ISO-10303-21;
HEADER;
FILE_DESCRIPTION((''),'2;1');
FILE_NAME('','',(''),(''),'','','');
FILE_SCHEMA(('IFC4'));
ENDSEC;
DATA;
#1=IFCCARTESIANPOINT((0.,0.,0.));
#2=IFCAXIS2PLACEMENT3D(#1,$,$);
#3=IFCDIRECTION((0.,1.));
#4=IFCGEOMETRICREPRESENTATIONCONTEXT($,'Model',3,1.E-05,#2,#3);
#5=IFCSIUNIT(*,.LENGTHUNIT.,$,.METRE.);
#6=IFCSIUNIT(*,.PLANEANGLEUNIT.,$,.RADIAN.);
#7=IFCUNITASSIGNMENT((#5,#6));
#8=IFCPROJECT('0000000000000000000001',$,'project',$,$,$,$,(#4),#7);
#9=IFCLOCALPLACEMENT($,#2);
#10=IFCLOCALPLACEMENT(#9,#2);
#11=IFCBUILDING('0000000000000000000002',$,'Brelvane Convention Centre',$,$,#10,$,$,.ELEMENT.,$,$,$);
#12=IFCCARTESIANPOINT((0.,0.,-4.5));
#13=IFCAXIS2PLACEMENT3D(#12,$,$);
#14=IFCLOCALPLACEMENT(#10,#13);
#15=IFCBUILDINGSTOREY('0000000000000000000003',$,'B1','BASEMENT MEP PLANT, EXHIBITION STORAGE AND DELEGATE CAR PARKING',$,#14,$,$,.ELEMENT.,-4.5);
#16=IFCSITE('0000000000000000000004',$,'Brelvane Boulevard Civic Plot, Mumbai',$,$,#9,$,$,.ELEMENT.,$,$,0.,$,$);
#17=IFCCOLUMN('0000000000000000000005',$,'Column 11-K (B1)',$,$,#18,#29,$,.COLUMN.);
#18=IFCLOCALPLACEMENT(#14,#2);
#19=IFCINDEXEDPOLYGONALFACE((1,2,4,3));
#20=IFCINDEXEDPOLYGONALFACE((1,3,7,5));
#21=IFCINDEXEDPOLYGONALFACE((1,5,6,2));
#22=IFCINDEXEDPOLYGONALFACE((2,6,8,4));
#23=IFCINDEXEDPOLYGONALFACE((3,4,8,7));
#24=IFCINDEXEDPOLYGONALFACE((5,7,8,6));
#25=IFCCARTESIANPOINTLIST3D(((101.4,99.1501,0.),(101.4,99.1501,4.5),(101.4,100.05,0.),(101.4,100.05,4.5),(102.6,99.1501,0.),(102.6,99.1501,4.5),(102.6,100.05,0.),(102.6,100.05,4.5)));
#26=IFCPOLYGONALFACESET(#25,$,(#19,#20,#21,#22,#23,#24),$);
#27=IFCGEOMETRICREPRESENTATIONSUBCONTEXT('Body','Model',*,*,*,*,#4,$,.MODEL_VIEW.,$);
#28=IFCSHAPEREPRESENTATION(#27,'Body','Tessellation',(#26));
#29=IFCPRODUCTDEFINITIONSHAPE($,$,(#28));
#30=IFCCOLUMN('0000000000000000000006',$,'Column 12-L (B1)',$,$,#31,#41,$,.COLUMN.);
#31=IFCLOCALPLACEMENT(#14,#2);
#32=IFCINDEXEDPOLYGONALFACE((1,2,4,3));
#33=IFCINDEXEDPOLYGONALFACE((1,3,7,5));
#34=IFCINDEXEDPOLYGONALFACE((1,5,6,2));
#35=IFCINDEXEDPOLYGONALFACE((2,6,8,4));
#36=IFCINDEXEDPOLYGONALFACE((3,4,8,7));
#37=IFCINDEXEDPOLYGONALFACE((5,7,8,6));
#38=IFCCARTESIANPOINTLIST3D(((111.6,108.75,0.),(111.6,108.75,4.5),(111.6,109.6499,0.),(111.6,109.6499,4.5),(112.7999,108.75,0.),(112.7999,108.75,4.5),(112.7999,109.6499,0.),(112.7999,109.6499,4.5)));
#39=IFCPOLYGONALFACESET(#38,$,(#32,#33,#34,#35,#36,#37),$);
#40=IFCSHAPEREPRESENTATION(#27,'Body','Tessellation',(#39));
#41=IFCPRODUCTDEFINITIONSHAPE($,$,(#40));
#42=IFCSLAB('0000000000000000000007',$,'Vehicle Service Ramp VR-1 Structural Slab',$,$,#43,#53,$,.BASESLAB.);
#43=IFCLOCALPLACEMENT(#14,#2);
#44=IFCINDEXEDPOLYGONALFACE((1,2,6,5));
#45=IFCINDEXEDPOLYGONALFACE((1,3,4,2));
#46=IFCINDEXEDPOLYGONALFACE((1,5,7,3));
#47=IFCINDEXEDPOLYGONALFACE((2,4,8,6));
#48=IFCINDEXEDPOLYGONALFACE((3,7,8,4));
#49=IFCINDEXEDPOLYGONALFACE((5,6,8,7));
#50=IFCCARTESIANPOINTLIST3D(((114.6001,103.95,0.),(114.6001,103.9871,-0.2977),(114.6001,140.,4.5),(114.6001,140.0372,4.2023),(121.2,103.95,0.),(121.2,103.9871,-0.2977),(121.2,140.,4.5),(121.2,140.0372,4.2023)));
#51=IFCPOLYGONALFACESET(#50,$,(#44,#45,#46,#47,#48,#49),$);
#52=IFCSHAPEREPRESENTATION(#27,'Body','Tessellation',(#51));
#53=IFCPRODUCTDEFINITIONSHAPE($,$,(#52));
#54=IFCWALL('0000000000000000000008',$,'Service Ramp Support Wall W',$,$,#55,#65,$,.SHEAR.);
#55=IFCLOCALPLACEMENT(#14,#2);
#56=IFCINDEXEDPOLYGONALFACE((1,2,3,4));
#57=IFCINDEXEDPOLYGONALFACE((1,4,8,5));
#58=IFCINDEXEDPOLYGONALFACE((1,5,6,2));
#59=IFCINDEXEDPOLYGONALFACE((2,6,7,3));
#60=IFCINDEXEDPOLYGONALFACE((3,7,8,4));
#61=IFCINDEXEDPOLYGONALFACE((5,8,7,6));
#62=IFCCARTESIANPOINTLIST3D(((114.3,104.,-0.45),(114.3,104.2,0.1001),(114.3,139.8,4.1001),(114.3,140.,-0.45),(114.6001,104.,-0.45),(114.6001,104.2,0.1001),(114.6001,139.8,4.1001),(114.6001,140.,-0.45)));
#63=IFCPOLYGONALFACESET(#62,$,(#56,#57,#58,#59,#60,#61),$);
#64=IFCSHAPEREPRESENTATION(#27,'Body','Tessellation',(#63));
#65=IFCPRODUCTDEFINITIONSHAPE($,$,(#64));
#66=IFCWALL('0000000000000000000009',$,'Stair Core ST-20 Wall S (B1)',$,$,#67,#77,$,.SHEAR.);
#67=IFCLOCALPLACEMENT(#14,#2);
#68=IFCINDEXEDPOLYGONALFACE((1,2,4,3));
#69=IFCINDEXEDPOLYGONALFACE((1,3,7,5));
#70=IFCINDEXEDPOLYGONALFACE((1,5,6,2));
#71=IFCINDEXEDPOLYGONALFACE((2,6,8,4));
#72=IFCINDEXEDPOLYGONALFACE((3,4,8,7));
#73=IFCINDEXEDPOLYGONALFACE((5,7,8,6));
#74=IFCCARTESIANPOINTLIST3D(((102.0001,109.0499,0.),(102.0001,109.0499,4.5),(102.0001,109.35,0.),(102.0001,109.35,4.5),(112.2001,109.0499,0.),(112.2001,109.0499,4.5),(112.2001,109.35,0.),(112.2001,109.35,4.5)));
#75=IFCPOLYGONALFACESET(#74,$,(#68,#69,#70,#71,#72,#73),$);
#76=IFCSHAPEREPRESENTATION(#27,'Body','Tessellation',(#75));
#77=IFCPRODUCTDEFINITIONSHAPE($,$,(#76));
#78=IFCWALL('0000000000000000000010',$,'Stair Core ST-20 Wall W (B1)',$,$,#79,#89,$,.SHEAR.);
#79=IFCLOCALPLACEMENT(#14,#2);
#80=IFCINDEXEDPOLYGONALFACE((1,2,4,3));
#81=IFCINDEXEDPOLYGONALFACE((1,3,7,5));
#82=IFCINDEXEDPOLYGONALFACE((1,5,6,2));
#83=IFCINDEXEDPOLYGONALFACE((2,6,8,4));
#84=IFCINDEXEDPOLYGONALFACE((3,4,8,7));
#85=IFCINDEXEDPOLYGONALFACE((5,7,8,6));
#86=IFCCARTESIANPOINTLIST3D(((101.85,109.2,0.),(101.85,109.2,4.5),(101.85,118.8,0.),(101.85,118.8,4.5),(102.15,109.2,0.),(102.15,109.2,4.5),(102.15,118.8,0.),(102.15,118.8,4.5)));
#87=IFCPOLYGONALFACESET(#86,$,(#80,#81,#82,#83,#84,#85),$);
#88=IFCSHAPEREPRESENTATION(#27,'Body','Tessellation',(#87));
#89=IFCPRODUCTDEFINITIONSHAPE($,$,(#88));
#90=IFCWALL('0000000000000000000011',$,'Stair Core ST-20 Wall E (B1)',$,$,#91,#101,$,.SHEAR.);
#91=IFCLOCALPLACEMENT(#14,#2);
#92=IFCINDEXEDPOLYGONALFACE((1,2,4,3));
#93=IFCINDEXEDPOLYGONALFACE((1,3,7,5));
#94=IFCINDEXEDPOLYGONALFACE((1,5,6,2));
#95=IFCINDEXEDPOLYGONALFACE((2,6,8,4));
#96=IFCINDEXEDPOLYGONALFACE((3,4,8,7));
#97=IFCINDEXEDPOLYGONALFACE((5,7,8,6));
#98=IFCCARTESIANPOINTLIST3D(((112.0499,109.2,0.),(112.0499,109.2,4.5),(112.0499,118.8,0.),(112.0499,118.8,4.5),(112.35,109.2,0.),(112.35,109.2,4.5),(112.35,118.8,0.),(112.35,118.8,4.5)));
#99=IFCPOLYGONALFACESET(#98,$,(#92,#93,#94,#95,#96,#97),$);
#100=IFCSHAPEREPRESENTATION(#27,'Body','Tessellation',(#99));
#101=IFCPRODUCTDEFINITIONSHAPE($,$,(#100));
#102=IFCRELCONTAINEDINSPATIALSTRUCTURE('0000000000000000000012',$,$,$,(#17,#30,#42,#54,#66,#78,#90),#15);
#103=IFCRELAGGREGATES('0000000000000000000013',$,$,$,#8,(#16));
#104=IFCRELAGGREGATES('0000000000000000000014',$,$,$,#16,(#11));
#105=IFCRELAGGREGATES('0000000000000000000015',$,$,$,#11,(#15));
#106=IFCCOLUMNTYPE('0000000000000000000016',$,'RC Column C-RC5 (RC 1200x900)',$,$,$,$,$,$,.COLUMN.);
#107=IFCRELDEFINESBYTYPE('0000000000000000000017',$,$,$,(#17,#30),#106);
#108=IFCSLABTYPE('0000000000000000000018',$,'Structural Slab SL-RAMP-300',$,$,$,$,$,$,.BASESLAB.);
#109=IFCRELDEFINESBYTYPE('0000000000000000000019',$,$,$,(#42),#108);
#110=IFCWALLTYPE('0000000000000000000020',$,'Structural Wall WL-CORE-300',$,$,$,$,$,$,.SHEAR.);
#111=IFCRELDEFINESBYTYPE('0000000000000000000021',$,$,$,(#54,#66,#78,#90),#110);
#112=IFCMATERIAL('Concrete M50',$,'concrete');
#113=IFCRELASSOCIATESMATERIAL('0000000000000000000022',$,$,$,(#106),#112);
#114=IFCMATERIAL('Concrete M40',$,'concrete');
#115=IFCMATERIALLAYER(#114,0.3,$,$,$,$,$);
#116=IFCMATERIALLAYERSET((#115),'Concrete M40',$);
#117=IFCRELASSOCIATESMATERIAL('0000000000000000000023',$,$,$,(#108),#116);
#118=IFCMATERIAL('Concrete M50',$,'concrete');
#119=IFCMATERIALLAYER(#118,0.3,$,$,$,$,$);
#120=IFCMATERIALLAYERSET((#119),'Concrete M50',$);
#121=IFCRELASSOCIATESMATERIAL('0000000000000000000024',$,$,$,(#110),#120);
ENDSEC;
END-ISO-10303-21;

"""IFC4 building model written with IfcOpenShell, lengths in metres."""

from ifc_helpers import new_model, si_unit, direction, frame, frame_2d, origin, origin_2d, place, context, subcontext, project, spatial, polyline, rectangle, outline, extrude, material, layer, layer_set, material_profile, profile_set, type_object, element, save


model = new_model("IFC4")

# Units and contexts
model_context = context("Model", 3, precision=1e-05, world=origin(), true_north=direction((0.0, 1.0)))
body_context = subcontext(model_context, "Body", "Model", "MODEL_VIEW")
ifc_project = project(units=[si_unit("LENGTHUNIT", "METRE"), si_unit("PLANEANGLEUNIT", "RADIAN")], contexts=[model_context])

# Site, building, storey
site_placement = place(None, origin())
site = spatial("IfcSite", under=ifc_project, at=site_placement, Name="Brelvane Boulevard Civic Plot, Mumbai", CompositionType="ELEMENT", RefElevation=0.0)
building_placement = place(site_placement, origin())
building = spatial("IfcBuilding", under=site, at=building_placement, Name="Brelvane Convention Centre", CompositionType="ELEMENT")
storey_placement = place(building_placement, frame((0.0, 0.0, -4.5)))
storey = spatial("IfcBuildingStorey", under=building, at=storey_placement, Name="B1", Description="BASEMENT MEP PLANT, EXHIBITION STORAGE AND DELEGATE CAR PARKING", CompositionType="ELEMENT", Elevation=-4.5)

# Columns
ifc_material_1 = material(Name="Concrete M50", Category="concrete")
ifc_material_profile_1 = material_profile(ifc_material_1, rectangle(XDim=1.2, YDim=0.8999, at=origin_2d()), Name="RC 1200x900")
ifc_profile_set_1 = profile_set([ifc_material_profile_1], Name="Concrete M50")
column_type_1 = type_object("IfcColumnType", Name="RC Column C-RC5 (RC 1200x900)", PredefinedType="COLUMN", material=ifc_profile_set_1)
for number, where, z_axis, x_axis, name in (
    (1, (102.0, 99.6001, 0.0), (0.0, 0.0, 1.0), (1.0, 0.0, 0.0), "Column 11-K (B1)"),
    (2, (112.2, 109.2, 0.0), (0.0, 0.0, 1.0), (1.0, 0.0, 0.0), "Column 12-L (B1)"),
):
    element("IfcColumn", number, at=place(storey_placement, frame(where, z_axis=z_axis, x_axis=x_axis)), inside=storey, type_object=column_type_1, Name=name, PredefinedType="COLUMN", context=body_context, shape_type="SweptSolid", body=[
        extrude(rectangle(XDim=1.2, YDim=0.8999, at=origin_2d()), origin(), (0.0, 0.0, 1.0), 4.5),
    ])

# Slab
ifc_material_2 = material(Name="Concrete M40", Category="concrete")
ifc_layer_1 = layer(ifc_material_2, 0.3)
ifc_layer_set_1 = layer_set([ifc_layer_1], Name="Concrete M40")
slab_type = type_object("IfcSlabType", Name="Structural Slab SL-RAMP-300", PredefinedType="BASESLAB", material=ifc_layer_set_1)
slab_placement = place(storey_placement, frame((114.6001, 103.95, 0.0), z_axis=(0.0, -0.123865, 0.992299), x_axis=(1.0, 0.0, 0.0)))
element("IfcSlab", 3, at=slab_placement, inside=storey, type_object=slab_type, Name="Vehicle Service Ramp VR-1 Structural Slab", PredefinedType="BASESLAB", context=body_context, shape_type="SweptSolid", body=[
    extrude(outline(polyline([(0.0, 0.0), (6.5999, 0.0), (6.5999, 36.3298), (0.0, 36.3298), (0.0, 0.0)])), origin(), (0.0, 0.0, -1.0), 0.3),
])

# Walls
ifc_material_3 = material(Name="Concrete M50", Category="concrete")
ifc_layer_2 = layer(ifc_material_3, 0.3)
ifc_layer_set_2 = layer_set([ifc_layer_2], Name="Concrete M50")
wall_type = type_object("IfcWallType", Name="Structural Wall WL-CORE-300", PredefinedType="SHEAR", material=ifc_layer_set_2)
wall_1_placement = place(storey_placement, frame((114.45, 104.0, -0.45), z_axis=(0.0, 0.0, 1.0), x_axis=(0.0, 1.0, 0.0)))
element("IfcWall", 4, at=wall_1_placement, inside=storey, type_object=wall_type, Name="Service Ramp Support Wall W", PredefinedType="SHEAR", context=body_context, shape_type="SweptSolid", body=[
    extrude(outline(polyline([(0.0, 0.0), (36.0, 0.0), (35.8, 4.55), (0.2, 0.55), (0.0, 0.0)])), frame((0.0, 0.1499, 0.0), z_axis=(0.0, -1.0, 0.0), x_axis=(1.0, 0.0, 0.0)), (0.0, 0.0, 1.0), 0.3),
])
wall_2_placement = place(storey_placement, frame((102.0, 109.2, 0.0), z_axis=(0.0, 0.0, 1.0), x_axis=(1.0, 0.0, 0.0)))
element("IfcWall", 5, at=wall_2_placement, inside=storey, type_object=wall_type, Name="Stair Core ST-20 Wall S (B1)", PredefinedType="SHEAR", context=body_context, shape_type="SweptSolid", body=[
    extrude(rectangle(XDim=10.2, YDim=0.3, at=frame_2d((5.1001, 0.0))), origin(), (0.0, 0.0, 1.0), 4.5),
])
for number, where, z_axis, x_axis, name in (
    (6, (102.0, 109.2, 0.0), (0.0, 0.0, 1.0), (0.0, 1.0, 0.0), "Stair Core ST-20 Wall W (B1)"),
    (7, (112.2, 109.2, 0.0), (0.0, 0.0, 1.0), (0.0, 1.0, 0.0), "Stair Core ST-20 Wall E (B1)"),
):
    element("IfcWall", number, at=place(storey_placement, frame(where, z_axis=z_axis, x_axis=x_axis)), inside=storey, type_object=wall_type, Name=name, PredefinedType="SHEAR", context=body_context, shape_type="SweptSolid", body=[
        extrude(rectangle(XDim=9.6001, YDim=0.3, at=frame_2d((4.8, 0.0))), origin(), (0.0, 0.0, 1.0), 4.5),
    ])

save(model, "model.ifc")
